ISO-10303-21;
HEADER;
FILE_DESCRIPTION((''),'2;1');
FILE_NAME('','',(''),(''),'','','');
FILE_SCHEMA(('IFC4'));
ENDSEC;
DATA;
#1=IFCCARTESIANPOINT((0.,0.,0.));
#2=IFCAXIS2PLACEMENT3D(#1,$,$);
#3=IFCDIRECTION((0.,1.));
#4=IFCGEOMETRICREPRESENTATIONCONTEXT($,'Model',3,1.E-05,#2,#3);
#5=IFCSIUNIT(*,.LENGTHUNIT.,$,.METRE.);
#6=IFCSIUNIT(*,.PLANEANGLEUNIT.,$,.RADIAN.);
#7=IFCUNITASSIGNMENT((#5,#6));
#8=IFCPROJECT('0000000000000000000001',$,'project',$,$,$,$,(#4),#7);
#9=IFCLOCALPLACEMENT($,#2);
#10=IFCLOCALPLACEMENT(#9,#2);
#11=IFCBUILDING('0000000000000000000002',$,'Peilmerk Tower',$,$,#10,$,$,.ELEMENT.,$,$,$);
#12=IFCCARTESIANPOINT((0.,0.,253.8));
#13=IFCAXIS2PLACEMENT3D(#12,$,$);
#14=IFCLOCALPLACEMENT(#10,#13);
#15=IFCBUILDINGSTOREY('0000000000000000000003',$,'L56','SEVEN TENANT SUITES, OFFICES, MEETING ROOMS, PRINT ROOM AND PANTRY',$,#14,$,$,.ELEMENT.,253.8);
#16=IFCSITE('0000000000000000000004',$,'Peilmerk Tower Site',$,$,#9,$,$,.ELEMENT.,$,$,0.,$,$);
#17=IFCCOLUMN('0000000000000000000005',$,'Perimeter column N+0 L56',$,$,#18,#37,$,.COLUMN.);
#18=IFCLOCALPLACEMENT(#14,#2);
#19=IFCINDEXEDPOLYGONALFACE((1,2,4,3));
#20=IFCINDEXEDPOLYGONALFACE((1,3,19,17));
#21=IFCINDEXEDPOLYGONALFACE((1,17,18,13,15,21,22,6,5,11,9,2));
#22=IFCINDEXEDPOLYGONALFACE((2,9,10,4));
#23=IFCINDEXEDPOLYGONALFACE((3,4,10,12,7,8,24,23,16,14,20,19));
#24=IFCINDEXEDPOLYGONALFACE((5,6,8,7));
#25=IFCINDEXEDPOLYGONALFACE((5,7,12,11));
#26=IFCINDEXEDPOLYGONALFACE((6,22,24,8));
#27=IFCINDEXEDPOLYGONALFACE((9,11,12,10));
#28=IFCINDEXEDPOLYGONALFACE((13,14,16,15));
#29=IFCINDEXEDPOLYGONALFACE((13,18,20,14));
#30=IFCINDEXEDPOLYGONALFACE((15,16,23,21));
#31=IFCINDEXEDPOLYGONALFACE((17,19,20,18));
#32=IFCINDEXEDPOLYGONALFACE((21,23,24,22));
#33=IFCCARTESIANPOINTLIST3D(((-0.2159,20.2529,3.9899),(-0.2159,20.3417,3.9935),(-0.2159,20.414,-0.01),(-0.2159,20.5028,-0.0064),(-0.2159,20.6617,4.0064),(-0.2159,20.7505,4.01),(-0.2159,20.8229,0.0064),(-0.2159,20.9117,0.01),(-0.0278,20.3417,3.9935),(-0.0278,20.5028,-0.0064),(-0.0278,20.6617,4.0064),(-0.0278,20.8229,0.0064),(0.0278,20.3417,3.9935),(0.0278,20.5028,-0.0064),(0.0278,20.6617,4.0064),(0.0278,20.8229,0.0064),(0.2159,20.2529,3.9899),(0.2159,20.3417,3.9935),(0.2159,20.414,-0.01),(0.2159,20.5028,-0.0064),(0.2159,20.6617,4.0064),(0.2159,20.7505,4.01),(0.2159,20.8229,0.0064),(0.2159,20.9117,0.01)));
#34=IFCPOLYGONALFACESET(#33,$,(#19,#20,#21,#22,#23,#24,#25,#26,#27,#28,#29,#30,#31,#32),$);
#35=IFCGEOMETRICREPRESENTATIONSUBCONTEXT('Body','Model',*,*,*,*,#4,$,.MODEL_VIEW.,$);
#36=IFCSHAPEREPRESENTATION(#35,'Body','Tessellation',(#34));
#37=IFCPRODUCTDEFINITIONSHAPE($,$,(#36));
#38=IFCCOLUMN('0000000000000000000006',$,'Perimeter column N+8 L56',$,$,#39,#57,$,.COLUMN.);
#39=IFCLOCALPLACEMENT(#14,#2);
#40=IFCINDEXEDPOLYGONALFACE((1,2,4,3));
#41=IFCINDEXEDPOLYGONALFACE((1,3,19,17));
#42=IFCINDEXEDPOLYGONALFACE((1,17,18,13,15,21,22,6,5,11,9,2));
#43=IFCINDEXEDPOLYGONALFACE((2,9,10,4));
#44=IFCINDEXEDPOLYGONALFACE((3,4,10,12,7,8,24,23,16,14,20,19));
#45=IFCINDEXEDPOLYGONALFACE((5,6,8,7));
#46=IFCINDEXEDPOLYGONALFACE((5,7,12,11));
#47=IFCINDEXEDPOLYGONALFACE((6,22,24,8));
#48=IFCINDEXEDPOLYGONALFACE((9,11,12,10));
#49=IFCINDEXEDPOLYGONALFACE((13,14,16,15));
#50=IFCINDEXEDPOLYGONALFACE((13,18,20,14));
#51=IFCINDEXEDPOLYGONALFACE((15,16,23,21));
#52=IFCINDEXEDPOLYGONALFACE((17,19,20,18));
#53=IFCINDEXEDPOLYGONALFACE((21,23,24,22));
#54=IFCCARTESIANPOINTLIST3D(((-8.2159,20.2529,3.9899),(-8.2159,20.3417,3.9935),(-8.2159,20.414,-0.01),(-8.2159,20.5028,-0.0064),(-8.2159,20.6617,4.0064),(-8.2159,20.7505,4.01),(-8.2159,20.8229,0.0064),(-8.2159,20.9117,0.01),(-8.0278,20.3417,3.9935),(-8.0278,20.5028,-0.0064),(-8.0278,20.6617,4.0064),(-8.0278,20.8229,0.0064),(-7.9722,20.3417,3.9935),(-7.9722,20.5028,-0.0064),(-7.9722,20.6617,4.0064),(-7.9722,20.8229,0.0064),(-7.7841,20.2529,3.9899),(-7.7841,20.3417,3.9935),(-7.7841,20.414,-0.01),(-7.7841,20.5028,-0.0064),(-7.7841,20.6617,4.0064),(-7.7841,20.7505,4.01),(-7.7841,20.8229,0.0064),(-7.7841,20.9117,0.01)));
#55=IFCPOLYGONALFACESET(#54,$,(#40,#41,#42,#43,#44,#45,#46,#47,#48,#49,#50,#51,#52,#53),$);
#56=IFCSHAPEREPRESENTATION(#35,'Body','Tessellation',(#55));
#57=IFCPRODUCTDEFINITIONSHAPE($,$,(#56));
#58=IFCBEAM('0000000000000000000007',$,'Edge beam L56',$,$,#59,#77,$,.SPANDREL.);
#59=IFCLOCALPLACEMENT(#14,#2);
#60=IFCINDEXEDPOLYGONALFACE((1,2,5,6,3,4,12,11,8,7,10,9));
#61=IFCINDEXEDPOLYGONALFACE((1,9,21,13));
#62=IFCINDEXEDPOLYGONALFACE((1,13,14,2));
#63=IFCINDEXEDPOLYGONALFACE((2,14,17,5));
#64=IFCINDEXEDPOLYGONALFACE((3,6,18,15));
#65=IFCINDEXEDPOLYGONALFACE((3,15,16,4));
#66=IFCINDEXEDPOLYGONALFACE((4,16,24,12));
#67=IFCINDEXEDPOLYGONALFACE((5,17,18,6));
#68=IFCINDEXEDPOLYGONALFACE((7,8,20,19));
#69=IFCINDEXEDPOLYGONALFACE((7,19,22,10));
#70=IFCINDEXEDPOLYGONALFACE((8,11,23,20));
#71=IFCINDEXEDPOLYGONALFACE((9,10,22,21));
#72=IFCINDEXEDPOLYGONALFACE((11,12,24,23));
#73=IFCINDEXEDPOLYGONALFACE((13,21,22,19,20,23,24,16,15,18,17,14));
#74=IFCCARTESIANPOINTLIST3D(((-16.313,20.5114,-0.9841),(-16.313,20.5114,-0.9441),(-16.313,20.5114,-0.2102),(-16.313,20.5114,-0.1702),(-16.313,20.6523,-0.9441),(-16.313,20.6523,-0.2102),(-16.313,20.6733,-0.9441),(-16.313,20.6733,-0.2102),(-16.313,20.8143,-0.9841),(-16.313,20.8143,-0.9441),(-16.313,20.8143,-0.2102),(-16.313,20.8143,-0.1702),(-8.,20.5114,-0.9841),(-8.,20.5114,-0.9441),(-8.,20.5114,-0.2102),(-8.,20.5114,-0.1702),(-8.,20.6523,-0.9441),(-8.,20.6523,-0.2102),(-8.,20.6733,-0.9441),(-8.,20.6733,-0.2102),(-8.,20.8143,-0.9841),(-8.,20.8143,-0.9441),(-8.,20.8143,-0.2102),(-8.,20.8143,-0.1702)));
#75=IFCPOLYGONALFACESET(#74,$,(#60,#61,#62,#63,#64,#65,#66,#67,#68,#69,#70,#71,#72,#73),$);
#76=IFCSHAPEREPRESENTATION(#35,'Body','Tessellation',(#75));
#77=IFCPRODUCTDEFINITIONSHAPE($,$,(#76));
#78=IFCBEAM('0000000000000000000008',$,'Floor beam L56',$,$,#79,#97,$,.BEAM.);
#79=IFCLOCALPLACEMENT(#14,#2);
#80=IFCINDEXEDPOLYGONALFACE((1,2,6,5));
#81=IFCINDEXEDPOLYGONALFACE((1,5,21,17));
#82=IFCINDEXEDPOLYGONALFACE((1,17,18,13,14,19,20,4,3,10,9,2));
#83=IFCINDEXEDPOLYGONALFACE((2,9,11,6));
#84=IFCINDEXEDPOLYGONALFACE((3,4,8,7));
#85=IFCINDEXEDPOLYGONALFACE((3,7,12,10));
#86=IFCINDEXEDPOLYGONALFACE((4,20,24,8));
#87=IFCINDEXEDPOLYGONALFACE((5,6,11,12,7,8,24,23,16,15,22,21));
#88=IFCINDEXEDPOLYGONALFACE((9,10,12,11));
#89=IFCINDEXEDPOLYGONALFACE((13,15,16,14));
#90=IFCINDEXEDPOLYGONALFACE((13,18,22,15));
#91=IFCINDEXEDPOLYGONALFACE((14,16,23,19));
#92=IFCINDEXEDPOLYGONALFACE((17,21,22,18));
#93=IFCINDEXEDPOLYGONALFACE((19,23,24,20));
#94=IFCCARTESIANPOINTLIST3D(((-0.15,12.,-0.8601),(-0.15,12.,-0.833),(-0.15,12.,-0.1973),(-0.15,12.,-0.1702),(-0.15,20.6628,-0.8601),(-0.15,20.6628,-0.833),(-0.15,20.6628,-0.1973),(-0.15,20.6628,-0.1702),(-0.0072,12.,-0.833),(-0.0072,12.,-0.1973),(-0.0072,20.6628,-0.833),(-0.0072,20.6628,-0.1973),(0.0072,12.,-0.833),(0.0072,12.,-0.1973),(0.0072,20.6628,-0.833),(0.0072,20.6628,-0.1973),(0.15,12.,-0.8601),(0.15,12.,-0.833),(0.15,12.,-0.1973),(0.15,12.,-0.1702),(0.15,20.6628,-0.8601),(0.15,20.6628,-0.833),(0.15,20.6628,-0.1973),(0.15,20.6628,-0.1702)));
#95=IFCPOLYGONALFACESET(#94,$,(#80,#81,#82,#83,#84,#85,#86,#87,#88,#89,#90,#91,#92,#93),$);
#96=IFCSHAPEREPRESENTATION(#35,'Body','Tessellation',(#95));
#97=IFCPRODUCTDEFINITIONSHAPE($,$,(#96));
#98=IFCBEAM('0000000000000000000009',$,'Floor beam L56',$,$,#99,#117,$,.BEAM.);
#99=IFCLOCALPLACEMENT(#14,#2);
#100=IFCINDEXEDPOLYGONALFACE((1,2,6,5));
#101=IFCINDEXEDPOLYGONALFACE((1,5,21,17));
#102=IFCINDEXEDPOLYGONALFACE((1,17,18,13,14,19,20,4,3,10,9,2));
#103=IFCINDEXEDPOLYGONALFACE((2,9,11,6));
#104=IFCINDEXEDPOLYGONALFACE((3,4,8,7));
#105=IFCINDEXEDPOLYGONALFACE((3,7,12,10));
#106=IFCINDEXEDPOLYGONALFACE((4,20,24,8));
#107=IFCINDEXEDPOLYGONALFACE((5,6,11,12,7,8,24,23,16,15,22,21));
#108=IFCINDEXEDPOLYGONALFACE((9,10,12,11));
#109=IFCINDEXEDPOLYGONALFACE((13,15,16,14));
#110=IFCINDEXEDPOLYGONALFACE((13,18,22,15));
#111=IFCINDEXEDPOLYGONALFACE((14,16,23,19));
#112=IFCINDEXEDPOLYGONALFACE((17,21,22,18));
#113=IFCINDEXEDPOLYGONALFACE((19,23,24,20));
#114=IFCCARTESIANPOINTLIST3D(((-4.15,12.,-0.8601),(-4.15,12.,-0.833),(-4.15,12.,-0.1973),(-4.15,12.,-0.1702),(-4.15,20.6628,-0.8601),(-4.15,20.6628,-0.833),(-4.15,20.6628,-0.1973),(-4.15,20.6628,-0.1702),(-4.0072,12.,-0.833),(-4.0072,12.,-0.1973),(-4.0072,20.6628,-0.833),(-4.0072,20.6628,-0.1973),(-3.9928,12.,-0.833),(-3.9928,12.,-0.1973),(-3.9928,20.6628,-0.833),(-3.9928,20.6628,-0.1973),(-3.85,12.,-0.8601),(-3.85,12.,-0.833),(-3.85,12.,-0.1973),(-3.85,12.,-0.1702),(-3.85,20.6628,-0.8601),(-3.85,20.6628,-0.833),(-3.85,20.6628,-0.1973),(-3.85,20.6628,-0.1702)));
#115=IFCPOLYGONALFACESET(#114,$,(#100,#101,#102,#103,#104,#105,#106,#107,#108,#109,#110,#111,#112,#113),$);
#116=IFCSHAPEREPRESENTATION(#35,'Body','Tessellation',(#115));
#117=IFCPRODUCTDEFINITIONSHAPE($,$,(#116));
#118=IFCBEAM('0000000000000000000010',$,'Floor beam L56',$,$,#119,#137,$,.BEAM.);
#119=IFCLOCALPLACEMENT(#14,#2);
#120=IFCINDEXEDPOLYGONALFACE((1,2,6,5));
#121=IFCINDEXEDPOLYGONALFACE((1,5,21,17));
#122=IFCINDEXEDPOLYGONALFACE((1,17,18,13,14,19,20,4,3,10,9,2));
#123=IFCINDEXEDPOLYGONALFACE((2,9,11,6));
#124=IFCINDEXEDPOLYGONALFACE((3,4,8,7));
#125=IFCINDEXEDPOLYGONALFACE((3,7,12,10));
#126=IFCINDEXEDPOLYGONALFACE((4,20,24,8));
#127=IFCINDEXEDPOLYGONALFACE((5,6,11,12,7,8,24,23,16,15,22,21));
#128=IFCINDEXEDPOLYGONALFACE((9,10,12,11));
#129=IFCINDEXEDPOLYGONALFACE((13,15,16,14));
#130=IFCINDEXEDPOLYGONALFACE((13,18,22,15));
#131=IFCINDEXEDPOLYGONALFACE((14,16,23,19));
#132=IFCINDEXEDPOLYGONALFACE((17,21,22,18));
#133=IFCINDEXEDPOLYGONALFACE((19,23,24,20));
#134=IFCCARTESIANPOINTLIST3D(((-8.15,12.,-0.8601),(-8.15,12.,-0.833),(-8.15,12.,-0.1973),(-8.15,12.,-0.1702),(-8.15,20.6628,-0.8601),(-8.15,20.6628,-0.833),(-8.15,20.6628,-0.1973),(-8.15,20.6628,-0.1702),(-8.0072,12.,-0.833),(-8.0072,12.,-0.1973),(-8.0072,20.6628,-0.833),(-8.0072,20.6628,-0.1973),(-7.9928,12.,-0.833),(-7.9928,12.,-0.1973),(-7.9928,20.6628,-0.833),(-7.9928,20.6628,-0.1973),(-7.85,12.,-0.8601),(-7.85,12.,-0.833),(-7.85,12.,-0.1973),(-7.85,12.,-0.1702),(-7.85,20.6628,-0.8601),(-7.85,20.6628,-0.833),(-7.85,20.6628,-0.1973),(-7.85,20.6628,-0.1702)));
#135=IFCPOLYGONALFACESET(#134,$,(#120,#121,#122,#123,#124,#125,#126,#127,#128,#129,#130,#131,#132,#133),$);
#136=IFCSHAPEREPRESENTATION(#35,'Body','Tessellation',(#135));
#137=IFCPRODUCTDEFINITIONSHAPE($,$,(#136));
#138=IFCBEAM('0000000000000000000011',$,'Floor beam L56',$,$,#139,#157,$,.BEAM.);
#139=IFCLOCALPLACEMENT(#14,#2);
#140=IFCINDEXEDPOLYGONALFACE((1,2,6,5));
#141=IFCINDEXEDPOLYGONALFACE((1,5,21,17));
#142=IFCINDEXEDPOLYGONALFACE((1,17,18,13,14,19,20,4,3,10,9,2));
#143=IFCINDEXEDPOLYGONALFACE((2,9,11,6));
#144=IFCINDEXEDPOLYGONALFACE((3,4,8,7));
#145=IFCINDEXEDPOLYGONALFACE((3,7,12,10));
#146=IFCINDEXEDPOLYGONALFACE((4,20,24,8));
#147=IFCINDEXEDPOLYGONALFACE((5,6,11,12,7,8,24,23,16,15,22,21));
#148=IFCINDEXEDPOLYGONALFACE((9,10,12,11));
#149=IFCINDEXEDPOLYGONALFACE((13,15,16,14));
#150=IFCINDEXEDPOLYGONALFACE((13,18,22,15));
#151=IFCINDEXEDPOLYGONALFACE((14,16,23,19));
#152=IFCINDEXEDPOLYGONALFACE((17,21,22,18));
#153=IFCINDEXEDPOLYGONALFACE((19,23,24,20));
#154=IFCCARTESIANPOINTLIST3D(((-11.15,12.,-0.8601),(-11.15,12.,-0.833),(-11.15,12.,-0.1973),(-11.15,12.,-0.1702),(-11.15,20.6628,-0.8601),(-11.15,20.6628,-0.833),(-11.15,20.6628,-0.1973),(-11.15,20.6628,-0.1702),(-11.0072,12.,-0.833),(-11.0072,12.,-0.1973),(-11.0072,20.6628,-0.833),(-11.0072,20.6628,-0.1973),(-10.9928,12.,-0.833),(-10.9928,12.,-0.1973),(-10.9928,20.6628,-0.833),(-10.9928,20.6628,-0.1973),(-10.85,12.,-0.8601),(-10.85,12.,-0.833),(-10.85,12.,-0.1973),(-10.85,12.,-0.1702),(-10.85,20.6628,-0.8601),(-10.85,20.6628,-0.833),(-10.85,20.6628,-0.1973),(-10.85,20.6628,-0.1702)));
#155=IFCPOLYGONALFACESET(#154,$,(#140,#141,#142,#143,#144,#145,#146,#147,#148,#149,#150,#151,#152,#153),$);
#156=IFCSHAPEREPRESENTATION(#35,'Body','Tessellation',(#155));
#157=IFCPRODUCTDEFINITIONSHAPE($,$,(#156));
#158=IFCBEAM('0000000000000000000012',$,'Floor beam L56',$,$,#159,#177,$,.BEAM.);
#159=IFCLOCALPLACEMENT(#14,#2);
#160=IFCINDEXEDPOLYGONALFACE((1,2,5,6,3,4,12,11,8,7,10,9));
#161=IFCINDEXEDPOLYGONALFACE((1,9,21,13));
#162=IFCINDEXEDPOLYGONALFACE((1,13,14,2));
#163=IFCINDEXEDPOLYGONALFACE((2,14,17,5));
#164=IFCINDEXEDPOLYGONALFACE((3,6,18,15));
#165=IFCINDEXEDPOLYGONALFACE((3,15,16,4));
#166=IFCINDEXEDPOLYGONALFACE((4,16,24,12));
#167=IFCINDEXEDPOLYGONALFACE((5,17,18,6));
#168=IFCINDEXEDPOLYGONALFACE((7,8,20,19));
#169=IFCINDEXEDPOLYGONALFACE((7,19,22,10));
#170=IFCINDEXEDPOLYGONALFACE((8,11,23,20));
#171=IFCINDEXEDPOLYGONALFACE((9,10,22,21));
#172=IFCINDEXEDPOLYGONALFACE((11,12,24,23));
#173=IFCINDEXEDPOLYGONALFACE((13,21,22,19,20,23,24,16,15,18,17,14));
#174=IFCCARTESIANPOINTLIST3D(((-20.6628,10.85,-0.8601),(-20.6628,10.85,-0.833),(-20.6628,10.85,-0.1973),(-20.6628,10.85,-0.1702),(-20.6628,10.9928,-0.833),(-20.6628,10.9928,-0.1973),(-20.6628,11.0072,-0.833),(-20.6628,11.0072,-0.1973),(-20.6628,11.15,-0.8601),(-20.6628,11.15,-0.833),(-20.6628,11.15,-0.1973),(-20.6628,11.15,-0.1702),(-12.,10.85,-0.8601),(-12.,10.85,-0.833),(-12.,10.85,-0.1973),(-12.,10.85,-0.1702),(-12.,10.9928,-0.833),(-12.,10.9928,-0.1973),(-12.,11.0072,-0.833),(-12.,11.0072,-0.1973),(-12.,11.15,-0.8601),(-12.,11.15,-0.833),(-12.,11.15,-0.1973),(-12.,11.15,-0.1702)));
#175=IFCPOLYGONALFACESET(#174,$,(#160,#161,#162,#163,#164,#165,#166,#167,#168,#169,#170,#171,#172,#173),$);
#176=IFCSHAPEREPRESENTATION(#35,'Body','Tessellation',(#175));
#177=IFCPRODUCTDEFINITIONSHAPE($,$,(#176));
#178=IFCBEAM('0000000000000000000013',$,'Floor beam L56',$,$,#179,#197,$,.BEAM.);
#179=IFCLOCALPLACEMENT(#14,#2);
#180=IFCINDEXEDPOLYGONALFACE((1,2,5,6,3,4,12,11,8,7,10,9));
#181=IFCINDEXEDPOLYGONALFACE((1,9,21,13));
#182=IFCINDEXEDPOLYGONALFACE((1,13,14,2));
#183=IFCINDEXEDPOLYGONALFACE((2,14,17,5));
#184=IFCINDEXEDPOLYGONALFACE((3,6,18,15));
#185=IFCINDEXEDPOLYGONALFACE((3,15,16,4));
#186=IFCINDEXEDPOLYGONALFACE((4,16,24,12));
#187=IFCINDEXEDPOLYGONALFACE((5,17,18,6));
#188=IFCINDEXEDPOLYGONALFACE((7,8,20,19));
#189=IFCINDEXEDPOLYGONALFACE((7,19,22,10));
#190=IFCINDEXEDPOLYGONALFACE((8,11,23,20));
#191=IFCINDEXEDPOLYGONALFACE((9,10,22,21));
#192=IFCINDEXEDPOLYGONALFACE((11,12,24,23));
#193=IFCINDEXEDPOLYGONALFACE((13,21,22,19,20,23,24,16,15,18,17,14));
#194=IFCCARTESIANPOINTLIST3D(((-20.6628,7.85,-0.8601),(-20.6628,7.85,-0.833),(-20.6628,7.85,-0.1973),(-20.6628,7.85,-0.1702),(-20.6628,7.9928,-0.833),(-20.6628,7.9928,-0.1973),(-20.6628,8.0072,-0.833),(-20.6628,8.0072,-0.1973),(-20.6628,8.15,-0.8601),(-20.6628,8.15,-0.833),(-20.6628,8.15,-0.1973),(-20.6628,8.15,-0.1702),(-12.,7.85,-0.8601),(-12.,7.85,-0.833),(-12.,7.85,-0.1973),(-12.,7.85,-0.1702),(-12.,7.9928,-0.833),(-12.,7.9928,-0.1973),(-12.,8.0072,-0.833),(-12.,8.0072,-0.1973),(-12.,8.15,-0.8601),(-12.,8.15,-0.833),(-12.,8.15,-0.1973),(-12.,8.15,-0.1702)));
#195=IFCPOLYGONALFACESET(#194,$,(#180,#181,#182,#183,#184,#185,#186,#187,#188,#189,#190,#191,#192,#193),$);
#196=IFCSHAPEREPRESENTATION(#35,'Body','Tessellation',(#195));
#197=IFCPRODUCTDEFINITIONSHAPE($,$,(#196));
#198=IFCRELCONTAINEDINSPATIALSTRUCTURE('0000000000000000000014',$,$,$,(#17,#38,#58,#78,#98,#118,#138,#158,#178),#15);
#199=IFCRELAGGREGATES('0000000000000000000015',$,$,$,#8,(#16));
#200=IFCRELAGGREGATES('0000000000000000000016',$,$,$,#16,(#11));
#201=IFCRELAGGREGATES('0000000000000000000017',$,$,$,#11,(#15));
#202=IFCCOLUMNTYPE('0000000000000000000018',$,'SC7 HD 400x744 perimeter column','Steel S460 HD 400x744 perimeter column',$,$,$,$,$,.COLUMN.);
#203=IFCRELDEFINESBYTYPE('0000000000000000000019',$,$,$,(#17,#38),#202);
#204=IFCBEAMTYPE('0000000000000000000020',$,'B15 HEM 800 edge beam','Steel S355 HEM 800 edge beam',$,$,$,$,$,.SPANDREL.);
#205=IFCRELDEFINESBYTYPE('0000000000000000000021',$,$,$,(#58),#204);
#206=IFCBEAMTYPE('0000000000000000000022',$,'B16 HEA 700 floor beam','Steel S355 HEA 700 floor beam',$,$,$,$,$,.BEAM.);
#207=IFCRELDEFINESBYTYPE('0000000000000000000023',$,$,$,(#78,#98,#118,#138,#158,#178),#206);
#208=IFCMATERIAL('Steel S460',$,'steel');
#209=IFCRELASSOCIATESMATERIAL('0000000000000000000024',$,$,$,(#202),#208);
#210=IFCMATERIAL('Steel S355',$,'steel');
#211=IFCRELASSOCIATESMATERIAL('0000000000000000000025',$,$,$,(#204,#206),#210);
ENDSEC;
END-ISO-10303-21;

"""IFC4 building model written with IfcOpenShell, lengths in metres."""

from ifc_helpers import new_model, si_unit, direction, frame, origin, origin_2d, place, context, subcontext, project, spatial, i_section, extrude, material, material_profile, profile_set, type_object, element, save


model = new_model("IFC4")

# Units and contexts
model_context = context("Model", 3, precision=1e-05, world=origin(), true_north=direction((0.0, 1.0)))
body_context = subcontext(model_context, "Body", "Model", "MODEL_VIEW")
ifc_project = project(units=[si_unit("LENGTHUNIT", "METRE"), si_unit("PLANEANGLEUNIT", "RADIAN")], contexts=[model_context])

# Site, building, storey
site_placement = place(None, origin())
site = spatial("IfcSite", under=ifc_project, at=site_placement, Name="Peilmerk Tower Site", CompositionType="ELEMENT", RefElevation=0.0)
building_placement = place(site_placement, origin())
building = spatial("IfcBuilding", under=site, at=building_placement, Name="Peilmerk Tower", CompositionType="ELEMENT")
storey_placement = place(building_placement, frame((0.0, 0.0, 253.8)))
storey = spatial("IfcBuildingStorey", under=building, at=storey_placement, Name="L56", Description="SEVEN TENANT SUITES, OFFICES, MEETING ROOMS, PRINT ROOM AND PANTRY", CompositionType="ELEMENT", Elevation=253.8)

# Columns
ifc_material_1 = material(Name="Steel S460", Category="steel")
ifc_material_profile_1 = material_profile(ifc_material_1, i_section(OverallWidth=0.4319, OverallDepth=0.498, WebThickness=0.0557, FlangeThickness=0.0889, at=origin_2d()), Name="HD 400x744")
ifc_profile_set_1 = profile_set([ifc_material_profile_1], Name="Steel S460")
column_type = type_object("IfcColumnType", Name="SC7 HD 400x744 perimeter column", Description="Steel S460 HD 400x744 perimeter column", PredefinedType="COLUMN", material=ifc_profile_set_1)
for number, where, z_axis, x_axis, name in (
    (1, (0.0, 20.6628, 0.0), (0.0, -0.040251, 0.99919), (1.0, 0.0, 0.0), "Perimeter column N+0 L56"),
    (2, (-8.0, 20.6628, 0.0), (0.0, -0.040251, 0.99919), (1.0, 0.0, 0.0), "Perimeter column N+8 L56"),
):
    element("IfcColumn", number, at=place(storey_placement, frame(where, z_axis=z_axis, x_axis=x_axis)), inside=storey, type_object=column_type, Name=name, PredefinedType="COLUMN", context=body_context, shape_type="SweptSolid", body=[
        extrude(i_section(OverallWidth=0.4319, OverallDepth=0.498, WebThickness=0.0557, FlangeThickness=0.0889, at=origin_2d()), origin(), (0.0, 0.0, 1.0), 4.0032),
    ])

# Beams
ifc_material_2 = material(Name="Steel S355", Category="steel")
ifc_material_profile_2 = material_profile(ifc_material_2, i_section(OverallWidth=0.303, OverallDepth=0.814, WebThickness=0.021, FlangeThickness=0.04, at=origin_2d()), Name="HEM 800")
ifc_profile_set_2 = profile_set([ifc_material_profile_2], Name="Steel S355")
beam_type_1 = type_object("IfcBeamType", Name="B15 HEM 800 edge beam", Description="Steel S355 HEM 800 edge beam", PredefinedType="SPANDREL", material=ifc_profile_set_2)
beam_1_placement = place(storey_placement, frame((-8.0, 20.6628, -0.5771), z_axis=(-1.0, 0.0, 0.0), x_axis=(0.0, -1.0, 0.0)))
element("IfcBeam", 3, at=beam_1_placement, inside=storey, type_object=beam_type_1, Name="Edge beam L56", PredefinedType="SPANDREL", context=body_context, shape_type="SweptSolid", body=[
    extrude(i_section(OverallWidth=0.303, OverallDepth=0.814, WebThickness=0.021, FlangeThickness=0.04, at=origin_2d()), origin(), (0.0, 0.0, 1.0), 8.313),
])
ifc_material_profile_3 = material_profile(ifc_material_2, i_section(OverallWidth=0.3, OverallDepth=0.6899, WebThickness=0.0144, FlangeThickness=0.0271, at=origin_2d()), Name="HEA 700")
ifc_profile_set_3 = profile_set([ifc_material_profile_3], Name="Steel S355")
beam_type_2 = type_object("IfcBeamType", Name="B16 HEA 700 floor beam", Description="Steel S355 HEA 700 floor beam", PredefinedType="BEAM", material=ifc_profile_set_3)
for number, where, z_axis, x_axis, name in (
    (4, (0.0, 12.0, -0.5151), (0.0, 1.0, 0.0), (-1.0, 0.0, 0.0), "Floor beam L56"),
    (5, (-4.0, 12.0, -0.5151), (0.0, 1.0, 0.0), (-1.0, 0.0, 0.0), "Floor beam L56"),
    (6, (-8.0, 12.0, -0.5151), (0.0, 1.0, 0.0), (-1.0, 0.0, 0.0), "Floor beam L56"),
    (7, (-11.0, 12.0, -0.5151), (0.0, 1.0, 0.0), (-1.0, 0.0, 0.0), "Floor beam L56"),
    (8, (-12.0, 11.0, -0.5151), (-1.0, 0.0, 0.0), (0.0, -1.0, 0.0), "Floor beam L56"),
    (9, (-12.0, 8.0, -0.5151), (-1.0, 0.0, 0.0), (0.0, -1.0, 0.0), "Floor beam L56"),
):
    element("IfcBeam", number, at=place(storey_placement, frame(where, z_axis=z_axis, x_axis=x_axis)), inside=storey, type_object=beam_type_2, Name=name, PredefinedType="BEAM", context=body_context, shape_type="SweptSolid", body=[
        extrude(i_section(OverallWidth=0.3, OverallDepth=0.6899, WebThickness=0.0144, FlangeThickness=0.0271, at=origin_2d()), origin(), (0.0, 0.0, 1.0), 8.6628),
    ])

save(model, "model.ifc")
